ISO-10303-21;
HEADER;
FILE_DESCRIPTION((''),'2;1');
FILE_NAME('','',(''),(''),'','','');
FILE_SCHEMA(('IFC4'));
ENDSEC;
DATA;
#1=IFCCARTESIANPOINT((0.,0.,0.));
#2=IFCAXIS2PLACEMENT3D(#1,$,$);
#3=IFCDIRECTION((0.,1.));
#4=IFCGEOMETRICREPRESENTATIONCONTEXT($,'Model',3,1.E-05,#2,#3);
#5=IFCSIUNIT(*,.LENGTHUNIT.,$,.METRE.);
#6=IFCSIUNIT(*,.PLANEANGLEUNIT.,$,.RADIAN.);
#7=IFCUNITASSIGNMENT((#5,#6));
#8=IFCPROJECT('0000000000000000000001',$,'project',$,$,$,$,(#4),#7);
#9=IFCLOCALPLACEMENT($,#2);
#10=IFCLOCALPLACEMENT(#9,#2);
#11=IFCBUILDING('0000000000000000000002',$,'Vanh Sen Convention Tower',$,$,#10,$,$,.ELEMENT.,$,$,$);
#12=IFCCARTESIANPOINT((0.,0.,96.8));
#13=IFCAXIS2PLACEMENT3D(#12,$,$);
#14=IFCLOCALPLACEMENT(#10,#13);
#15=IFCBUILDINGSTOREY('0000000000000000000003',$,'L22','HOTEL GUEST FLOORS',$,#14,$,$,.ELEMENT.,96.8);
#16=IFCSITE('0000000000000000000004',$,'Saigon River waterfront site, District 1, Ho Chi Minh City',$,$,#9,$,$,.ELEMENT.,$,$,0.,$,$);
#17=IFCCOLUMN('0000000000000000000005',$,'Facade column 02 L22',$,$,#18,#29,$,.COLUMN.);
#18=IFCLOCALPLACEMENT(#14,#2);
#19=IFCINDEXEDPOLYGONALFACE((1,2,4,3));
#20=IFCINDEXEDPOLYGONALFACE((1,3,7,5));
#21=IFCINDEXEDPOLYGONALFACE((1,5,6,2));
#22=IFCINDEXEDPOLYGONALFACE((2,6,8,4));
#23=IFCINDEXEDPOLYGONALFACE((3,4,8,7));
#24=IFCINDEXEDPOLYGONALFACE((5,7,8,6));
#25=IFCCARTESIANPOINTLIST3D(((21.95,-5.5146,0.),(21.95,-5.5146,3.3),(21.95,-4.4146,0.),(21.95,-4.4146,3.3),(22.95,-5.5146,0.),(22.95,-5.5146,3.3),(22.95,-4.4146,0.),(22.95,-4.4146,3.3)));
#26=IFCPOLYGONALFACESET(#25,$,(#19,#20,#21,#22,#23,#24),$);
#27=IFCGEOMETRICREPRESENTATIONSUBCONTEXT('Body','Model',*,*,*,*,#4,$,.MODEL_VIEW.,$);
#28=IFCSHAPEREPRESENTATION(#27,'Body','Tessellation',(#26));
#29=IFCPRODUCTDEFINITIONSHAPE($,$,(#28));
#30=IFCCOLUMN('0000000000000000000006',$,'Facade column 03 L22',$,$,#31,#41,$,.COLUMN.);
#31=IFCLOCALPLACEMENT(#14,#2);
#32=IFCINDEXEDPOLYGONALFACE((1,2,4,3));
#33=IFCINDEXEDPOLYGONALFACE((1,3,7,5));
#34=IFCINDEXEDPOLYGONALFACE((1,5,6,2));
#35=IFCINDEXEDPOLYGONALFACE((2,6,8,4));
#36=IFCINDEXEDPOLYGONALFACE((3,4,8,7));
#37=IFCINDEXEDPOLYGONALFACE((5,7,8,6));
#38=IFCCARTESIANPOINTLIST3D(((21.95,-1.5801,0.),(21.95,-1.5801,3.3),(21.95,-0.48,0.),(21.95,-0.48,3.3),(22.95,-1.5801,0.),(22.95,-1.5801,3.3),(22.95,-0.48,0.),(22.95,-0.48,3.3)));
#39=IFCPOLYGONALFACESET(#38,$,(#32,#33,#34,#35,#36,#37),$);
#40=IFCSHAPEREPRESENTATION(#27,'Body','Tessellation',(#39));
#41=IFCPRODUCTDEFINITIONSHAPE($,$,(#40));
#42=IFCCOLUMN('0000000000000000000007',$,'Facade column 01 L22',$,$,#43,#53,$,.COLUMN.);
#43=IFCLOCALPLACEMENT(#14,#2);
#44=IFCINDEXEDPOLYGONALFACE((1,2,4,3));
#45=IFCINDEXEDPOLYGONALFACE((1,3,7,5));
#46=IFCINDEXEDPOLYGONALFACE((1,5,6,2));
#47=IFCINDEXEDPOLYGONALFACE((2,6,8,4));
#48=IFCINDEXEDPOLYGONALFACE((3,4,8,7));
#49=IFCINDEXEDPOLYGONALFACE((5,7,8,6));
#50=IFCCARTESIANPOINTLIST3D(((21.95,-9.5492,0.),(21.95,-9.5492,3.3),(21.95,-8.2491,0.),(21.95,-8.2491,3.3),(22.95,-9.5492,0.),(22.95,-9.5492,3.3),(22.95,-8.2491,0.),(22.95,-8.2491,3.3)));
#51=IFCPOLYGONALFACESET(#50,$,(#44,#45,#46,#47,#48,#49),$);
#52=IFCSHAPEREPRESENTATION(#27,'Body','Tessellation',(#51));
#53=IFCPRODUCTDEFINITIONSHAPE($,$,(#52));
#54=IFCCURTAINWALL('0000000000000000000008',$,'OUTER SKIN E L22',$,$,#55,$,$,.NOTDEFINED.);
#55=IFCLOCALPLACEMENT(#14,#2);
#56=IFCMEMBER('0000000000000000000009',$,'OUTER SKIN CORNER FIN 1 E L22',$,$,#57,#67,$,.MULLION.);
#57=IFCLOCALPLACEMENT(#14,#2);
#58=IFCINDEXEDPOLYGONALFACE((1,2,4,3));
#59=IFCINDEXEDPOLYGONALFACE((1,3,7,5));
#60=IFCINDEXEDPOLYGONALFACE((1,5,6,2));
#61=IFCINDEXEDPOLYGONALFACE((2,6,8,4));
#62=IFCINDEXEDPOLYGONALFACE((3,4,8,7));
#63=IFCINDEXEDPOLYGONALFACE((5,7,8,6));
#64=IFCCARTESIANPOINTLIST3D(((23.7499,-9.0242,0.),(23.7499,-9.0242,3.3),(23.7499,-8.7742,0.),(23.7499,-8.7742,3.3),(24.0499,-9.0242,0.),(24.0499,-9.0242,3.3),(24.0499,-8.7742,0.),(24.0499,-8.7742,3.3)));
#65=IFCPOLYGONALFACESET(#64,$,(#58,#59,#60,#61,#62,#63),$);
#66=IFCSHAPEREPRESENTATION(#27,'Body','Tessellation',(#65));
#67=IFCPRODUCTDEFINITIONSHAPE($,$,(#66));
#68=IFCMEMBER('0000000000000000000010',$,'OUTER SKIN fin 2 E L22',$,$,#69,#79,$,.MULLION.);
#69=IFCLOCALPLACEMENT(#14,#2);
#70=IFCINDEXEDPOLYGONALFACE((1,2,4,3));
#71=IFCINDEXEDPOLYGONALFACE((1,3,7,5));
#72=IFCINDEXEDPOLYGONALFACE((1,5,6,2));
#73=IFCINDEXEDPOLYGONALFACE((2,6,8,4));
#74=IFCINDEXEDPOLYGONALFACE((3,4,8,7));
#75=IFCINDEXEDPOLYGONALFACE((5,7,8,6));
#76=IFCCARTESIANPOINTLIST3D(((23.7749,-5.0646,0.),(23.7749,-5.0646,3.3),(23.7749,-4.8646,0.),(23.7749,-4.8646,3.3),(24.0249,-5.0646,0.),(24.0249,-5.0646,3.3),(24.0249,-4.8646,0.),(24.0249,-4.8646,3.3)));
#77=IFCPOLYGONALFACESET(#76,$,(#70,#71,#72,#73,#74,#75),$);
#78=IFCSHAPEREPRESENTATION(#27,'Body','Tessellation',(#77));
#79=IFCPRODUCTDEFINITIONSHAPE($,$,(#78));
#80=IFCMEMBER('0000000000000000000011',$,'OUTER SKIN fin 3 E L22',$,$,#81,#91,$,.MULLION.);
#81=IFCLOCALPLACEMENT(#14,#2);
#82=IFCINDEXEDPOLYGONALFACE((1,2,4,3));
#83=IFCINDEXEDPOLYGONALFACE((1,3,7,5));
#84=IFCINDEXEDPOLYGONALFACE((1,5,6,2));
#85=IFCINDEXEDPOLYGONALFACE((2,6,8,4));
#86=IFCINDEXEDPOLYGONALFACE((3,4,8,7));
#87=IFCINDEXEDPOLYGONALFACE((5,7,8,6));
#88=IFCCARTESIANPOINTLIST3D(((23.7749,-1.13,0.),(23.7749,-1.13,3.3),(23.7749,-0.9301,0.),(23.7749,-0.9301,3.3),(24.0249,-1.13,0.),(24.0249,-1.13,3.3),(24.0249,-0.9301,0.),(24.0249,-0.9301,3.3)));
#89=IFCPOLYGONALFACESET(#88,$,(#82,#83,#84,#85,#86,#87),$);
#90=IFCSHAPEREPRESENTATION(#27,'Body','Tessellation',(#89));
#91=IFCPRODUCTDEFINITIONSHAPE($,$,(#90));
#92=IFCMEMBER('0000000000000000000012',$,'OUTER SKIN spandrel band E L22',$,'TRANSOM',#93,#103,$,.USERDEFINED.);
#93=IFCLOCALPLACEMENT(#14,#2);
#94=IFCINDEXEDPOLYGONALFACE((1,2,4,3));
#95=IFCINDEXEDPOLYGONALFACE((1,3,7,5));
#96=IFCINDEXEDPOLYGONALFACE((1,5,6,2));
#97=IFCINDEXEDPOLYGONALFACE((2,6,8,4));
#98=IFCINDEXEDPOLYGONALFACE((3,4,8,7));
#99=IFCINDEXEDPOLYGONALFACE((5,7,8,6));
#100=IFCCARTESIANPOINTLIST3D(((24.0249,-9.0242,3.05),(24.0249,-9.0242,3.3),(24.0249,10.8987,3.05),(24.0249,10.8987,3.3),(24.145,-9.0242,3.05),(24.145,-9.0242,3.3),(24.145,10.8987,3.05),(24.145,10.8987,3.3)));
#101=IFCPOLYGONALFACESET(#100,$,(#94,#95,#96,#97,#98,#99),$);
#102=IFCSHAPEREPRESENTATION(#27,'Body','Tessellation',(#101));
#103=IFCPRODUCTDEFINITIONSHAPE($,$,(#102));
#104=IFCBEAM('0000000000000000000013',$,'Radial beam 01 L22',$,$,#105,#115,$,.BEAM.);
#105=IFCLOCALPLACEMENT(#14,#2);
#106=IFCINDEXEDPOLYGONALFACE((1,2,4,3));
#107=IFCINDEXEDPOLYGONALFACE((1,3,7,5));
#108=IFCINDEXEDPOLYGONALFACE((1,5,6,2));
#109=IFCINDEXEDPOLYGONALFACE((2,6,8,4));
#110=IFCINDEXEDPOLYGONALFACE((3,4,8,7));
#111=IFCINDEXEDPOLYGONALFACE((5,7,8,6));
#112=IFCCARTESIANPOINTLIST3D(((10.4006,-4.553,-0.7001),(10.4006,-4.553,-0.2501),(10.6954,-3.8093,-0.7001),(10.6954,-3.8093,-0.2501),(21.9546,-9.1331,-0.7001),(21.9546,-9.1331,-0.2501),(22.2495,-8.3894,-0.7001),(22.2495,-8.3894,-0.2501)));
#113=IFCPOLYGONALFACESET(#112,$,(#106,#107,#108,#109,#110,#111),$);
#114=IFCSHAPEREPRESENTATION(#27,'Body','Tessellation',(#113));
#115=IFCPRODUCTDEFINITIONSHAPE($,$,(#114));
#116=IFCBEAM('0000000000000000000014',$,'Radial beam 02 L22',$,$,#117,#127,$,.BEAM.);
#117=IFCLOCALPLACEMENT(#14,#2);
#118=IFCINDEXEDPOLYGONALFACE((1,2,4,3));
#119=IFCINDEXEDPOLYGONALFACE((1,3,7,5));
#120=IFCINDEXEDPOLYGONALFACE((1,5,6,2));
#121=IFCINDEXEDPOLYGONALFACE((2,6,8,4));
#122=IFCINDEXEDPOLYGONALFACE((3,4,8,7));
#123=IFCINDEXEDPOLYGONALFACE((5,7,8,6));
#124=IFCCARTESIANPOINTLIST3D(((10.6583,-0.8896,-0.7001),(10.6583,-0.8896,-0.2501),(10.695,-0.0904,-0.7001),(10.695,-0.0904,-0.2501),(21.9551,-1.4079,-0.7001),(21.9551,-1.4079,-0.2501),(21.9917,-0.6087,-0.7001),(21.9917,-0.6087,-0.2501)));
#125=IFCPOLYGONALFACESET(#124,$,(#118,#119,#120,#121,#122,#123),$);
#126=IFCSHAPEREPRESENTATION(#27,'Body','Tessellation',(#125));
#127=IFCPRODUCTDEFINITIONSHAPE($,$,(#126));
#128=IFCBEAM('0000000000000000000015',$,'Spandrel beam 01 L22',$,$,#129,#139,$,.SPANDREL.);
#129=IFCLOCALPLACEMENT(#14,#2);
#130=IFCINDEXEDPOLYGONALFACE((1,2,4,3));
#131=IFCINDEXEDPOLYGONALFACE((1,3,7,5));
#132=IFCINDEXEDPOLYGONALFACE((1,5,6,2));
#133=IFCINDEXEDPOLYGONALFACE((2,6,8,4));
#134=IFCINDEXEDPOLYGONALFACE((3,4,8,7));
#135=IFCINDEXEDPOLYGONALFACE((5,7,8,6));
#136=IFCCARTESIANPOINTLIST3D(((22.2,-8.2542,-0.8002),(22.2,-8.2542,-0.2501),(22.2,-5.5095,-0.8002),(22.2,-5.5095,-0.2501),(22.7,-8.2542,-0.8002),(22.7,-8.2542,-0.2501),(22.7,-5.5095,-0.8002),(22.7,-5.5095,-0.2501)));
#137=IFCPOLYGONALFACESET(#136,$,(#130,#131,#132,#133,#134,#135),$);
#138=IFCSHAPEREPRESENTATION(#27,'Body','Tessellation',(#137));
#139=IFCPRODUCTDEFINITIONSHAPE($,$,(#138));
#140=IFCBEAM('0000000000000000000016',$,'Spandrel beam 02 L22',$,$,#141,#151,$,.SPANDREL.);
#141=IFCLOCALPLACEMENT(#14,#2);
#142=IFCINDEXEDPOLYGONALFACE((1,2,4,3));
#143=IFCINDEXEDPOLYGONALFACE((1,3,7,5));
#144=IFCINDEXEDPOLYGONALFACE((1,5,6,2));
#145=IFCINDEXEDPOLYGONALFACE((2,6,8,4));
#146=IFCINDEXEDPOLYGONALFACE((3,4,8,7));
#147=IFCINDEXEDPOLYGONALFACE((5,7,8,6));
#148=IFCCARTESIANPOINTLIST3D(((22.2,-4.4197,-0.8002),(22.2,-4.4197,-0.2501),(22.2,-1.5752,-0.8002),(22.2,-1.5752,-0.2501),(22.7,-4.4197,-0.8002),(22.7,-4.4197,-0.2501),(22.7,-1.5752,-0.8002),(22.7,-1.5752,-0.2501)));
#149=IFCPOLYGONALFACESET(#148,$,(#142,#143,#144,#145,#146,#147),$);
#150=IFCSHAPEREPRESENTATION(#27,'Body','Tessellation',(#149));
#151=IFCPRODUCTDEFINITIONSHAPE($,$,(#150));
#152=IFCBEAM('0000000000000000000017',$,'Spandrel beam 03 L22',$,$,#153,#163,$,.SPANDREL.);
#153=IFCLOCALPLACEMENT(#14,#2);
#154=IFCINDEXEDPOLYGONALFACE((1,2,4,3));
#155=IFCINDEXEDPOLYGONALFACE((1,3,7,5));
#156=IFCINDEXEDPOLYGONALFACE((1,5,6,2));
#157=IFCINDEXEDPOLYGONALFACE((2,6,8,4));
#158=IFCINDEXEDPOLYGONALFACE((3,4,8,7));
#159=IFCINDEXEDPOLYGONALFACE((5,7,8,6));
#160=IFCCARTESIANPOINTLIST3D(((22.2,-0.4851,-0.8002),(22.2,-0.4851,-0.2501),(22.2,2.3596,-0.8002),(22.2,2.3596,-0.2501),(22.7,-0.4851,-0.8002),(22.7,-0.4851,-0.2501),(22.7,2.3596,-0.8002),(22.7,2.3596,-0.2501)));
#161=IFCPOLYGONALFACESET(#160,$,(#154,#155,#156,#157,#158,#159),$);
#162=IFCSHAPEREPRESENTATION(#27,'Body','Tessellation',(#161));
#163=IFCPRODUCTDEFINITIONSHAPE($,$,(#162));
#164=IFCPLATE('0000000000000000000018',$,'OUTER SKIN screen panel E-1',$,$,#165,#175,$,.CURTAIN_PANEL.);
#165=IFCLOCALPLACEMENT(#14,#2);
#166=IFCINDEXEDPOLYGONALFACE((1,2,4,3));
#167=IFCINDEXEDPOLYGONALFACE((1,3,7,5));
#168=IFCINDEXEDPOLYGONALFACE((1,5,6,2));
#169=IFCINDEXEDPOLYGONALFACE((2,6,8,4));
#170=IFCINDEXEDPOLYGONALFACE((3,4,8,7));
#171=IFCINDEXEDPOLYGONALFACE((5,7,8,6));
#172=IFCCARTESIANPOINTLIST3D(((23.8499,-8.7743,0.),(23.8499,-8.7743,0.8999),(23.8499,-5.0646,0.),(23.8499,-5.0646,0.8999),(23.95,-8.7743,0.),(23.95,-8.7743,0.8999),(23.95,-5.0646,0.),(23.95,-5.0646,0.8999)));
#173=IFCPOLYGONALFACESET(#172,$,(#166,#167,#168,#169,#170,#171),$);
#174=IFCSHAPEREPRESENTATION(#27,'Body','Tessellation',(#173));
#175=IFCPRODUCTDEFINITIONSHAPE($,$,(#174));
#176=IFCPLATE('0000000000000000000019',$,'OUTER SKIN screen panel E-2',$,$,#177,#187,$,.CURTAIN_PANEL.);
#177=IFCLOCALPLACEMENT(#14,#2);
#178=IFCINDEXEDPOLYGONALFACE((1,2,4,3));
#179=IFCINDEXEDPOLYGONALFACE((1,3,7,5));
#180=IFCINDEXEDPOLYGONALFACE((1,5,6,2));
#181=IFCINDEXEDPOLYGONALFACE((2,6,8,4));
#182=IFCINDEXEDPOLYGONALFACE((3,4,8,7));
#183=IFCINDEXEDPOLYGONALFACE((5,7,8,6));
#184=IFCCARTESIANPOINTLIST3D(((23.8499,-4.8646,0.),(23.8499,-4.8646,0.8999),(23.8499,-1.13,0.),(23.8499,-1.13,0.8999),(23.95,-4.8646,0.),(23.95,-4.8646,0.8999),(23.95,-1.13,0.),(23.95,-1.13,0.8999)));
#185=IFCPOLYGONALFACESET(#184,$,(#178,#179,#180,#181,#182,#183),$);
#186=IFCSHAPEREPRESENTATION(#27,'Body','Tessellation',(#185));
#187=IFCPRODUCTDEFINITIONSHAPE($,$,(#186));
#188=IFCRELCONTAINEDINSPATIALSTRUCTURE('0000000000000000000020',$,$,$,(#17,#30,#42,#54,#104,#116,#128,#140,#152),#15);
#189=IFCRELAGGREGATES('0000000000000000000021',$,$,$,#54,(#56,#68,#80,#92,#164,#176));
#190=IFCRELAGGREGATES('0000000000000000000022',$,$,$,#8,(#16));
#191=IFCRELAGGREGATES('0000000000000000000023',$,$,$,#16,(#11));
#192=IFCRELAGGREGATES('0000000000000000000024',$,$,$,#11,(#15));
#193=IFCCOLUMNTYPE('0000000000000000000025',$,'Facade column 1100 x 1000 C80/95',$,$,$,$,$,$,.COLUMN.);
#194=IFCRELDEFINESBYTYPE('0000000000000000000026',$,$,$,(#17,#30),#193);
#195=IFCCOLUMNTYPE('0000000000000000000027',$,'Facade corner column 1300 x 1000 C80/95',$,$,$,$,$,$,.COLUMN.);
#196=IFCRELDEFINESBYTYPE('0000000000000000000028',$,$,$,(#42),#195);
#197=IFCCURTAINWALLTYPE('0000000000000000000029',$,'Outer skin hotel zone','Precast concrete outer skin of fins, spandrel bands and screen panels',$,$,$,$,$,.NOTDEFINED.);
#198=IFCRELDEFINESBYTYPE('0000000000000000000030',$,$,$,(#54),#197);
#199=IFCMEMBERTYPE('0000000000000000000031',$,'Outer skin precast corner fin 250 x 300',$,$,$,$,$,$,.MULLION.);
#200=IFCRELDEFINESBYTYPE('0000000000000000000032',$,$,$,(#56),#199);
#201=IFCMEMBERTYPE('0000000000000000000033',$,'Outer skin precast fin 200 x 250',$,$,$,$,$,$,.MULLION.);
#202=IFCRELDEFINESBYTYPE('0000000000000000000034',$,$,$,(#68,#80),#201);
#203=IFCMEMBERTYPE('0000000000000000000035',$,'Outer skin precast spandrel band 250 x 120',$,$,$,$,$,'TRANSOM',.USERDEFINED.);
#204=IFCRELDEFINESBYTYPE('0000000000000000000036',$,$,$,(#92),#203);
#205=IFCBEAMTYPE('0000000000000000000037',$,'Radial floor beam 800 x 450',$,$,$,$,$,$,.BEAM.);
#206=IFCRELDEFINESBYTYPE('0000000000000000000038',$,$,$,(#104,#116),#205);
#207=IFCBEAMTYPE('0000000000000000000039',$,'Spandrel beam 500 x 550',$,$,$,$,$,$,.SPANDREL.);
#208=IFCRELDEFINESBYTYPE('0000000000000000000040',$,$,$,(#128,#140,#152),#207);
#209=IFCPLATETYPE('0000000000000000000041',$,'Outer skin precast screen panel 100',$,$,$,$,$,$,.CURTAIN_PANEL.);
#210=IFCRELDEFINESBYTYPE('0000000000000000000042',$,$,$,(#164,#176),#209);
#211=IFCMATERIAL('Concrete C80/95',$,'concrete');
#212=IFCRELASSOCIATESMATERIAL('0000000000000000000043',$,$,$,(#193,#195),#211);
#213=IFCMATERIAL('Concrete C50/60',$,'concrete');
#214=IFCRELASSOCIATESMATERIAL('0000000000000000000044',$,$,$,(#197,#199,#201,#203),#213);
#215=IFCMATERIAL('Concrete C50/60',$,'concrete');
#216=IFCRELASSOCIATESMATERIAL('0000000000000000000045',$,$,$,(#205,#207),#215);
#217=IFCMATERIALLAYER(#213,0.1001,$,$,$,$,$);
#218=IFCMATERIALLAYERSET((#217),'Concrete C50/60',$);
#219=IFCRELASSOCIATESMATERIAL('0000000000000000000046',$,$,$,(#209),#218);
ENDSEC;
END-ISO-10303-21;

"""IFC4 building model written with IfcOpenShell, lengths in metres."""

from ifc_helpers import new_model, si_unit, direction, frame, origin, origin_2d, place, context, subcontext, project, spatial, rectangle, extrude, material, layer, layer_set, material_profile, profile_set, type_object, element, aggregate, save


model = new_model("IFC4")

# Units and contexts
model_context = context("Model", 3, precision=1e-05, world=origin(), true_north=direction((0.0, 1.0)))
body_context = subcontext(model_context, "Body", "Model", "MODEL_VIEW")
ifc_project = project(units=[si_unit("LENGTHUNIT", "METRE"), si_unit("PLANEANGLEUNIT", "RADIAN")], contexts=[model_context])

# Site, building, storey
site_placement = place(None, origin())
site = spatial("IfcSite", under=ifc_project, at=site_placement, Name="Saigon River waterfront site, District 1, Ho Chi Minh City", CompositionType="ELEMENT", RefElevation=0.0)
building_placement = place(site_placement, origin())
building = spatial("IfcBuilding", under=site, at=building_placement, Name="Vanh Sen Convention Tower", CompositionType="ELEMENT")
storey_placement = place(building_placement, frame((0.0, 0.0, 96.8)))
storey = spatial("IfcBuildingStorey", under=building, at=storey_placement, Name="L22", Description="HOTEL GUEST FLOORS", CompositionType="ELEMENT", Elevation=96.8)

# Columns
ifc_material_1 = material(Name="Concrete C80/95", Category="concrete")
ifc_material_profile_1 = material_profile(ifc_material_1, rectangle(XDim=1.1001, YDim=1.0, at=origin_2d()), Name="RC 1100X1000")
ifc_profile_set_1 = profile_set([ifc_material_profile_1], Name="Concrete C80/95")
column_type_1 = type_object("IfcColumnType", Name="Facade column 1100 x 1000 C80/95", PredefinedType="COLUMN", material=ifc_profile_set_1)
for number, where, z_axis, x_axis, name in (
    (1, (22.45, -4.9646, 0.0), (0.0, 0.0, 1.0), (0.0, 1.0, 0.0), "Facade column 02 L22"),
    (2, (22.45, -1.03, 0.0), (0.0, 0.0, 1.0), (0.0, 1.0, 0.0), "Facade column 03 L22"),
):
    element("IfcColumn", number, at=place(storey_placement, frame(where, z_axis=z_axis, x_axis=x_axis)), inside=storey, type_object=column_type_1, Name=name, PredefinedType="COLUMN", context=body_context, shape_type="SweptSolid", body=[
        extrude(rectangle(XDim=1.1001, YDim=1.0, at=origin_2d()), origin(), (0.0, 0.0, 1.0), 3.3),
    ])
ifc_material_profile_2 = material_profile(ifc_material_1, rectangle(XDim=1.3, YDim=1.0, at=origin_2d()), Name="RC 1300X1000")
ifc_profile_set_2 = profile_set([ifc_material_profile_2], Name="Concrete C80/95")
column_type_2 = type_object("IfcColumnType", Name="Facade corner column 1300 x 1000 C80/95", PredefinedType="COLUMN", material=ifc_profile_set_2)
column_placement = place(storey_placement, frame((22.45, -8.8992, 0.0), z_axis=(0.0, 0.0, 1.0), x_axis=(0.0, 1.0, 0.0)))
element("IfcColumn", 3, at=column_placement, inside=storey, type_object=column_type_2, Name="Facade column 01 L22", PredefinedType="COLUMN", context=body_context, shape_type="SweptSolid", body=[
    extrude(rectangle(XDim=1.3, YDim=1.0, at=origin_2d()), origin(), (0.0, 0.0, 1.0), 3.3),
])

# Curtain wall, members
ifc_material_2 = material(Name="Concrete C50/60", Category="concrete")
curtain_wall_type = type_object("IfcCurtainWallType", Name="Outer skin hotel zone", Description="Precast concrete outer skin of fins, spandrel bands and screen panels", PredefinedType="NOTDEFINED", material=ifc_material_2)
curtain_wall_placement = place(storey_placement, origin())
curtain_wall = element("IfcCurtainWall", 4, at=curtain_wall_placement, inside=storey, type_object=curtain_wall_type, Name="OUTER SKIN E L22", PredefinedType="NOTDEFINED")
ifc_material_profile_3 = material_profile(ifc_material_2, rectangle(XDim=0.25, YDim=0.3, at=origin_2d()), Name="Outer skin precast corner fin 250 x 300")
ifc_profile_set_3 = profile_set([ifc_material_profile_3], Name="Concrete C50/60")
member_type_1 = type_object("IfcMemberType", Name="Outer skin precast corner fin 250 x 300", PredefinedType="MULLION", material=ifc_profile_set_3)
member_1_placement = place(storey_placement, frame((23.8999, -8.8992, 0.0), z_axis=(0.0, 0.0, 1.0), x_axis=(0.0, 1.0, 0.0)))
member_1 = element("IfcMember", 5, at=member_1_placement, type_object=member_type_1, Name="OUTER SKIN CORNER FIN 1 E L22", PredefinedType="MULLION", context=body_context, shape_type="SweptSolid", body=[
    extrude(rectangle(XDim=0.25, YDim=0.3, at=origin_2d()), origin(), (0.0, 0.0, 1.0), 3.3),
])
ifc_material_profile_4 = material_profile(ifc_material_2, rectangle(XDim=0.2, YDim=0.25, at=origin_2d()), Name="Outer skin precast fin 200 x 250")
ifc_profile_set_4 = profile_set([ifc_material_profile_4], Name="Concrete C50/60")
member_type_2 = type_object("IfcMemberType", Name="Outer skin precast fin 200 x 250", PredefinedType="MULLION", material=ifc_profile_set_4)
member_2_placement = place(storey_placement, frame((23.8999, -4.9646, 0.0), z_axis=(0.0, 0.0, 1.0), x_axis=(0.0, 1.0, 0.0)))
member_2 = element("IfcMember", 6, at=member_2_placement, type_object=member_type_2, Name="OUTER SKIN fin 2 E L22", PredefinedType="MULLION", context=body_context, shape_type="SweptSolid", body=[
    extrude(rectangle(XDim=0.2, YDim=0.25, at=origin_2d()), origin(), (0.0, 0.0, 1.0), 3.3),
])
member_3_placement = place(storey_placement, frame((23.8999, -1.03, 0.0), z_axis=(0.0, 0.0, 1.0), x_axis=(0.0, 1.0, 0.0)))
member_3 = element("IfcMember", 7, at=member_3_placement, type_object=member_type_2, Name="OUTER SKIN fin 3 E L22", PredefinedType="MULLION", context=body_context, shape_type="SweptSolid", body=[
    extrude(rectangle(XDim=0.2, YDim=0.25, at=origin_2d()), origin(), (0.0, 0.0, 1.0), 3.3),
])
ifc_material_profile_5 = material_profile(ifc_material_2, rectangle(XDim=0.1201, YDim=0.25, at=origin_2d()), Name="Outer skin precast spandrel band 250 x 120")
ifc_profile_set_5 = profile_set([ifc_material_profile_5], Name="Concrete C50/60")
member_type_3 = type_object("IfcMemberType", Name="Outer skin precast spandrel band 250 x 120", ElementType="TRANSOM", PredefinedType="USERDEFINED", material=ifc_profile_set_5)
member_4_placement = place(storey_placement, frame((24.085, -9.0242, 3.175), z_axis=(0.0, 1.0, 0.0), x_axis=(-1.0, 0.0, 0.0)))
member_4 = element("IfcMember", 8, at=member_4_placement, type_object=member_type_3, Name="OUTER SKIN spandrel band E L22", ObjectType="TRANSOM", PredefinedType="USERDEFINED", context=body_context, shape_type="SweptSolid", body=[
    extrude(rectangle(XDim=0.1201, YDim=0.25, at=origin_2d()), origin(), (0.0, 0.0, 1.0), 19.9229),
])

# Beams
ifc_material_3 = material(Name="Concrete C50/60", Category="concrete")
ifc_material_profile_6 = material_profile(ifc_material_3, rectangle(XDim=0.8, YDim=0.45, at=origin_2d()), Name="RC 800X450")
ifc_profile_set_6 = profile_set([ifc_material_profile_6], Name="Concrete C50/60")
beam_type_1 = type_object("IfcBeamType", Name="Radial floor beam 800 x 450", PredefinedType="BEAM", material=ifc_profile_set_6)
beam_1_placement = place(storey_placement, frame((22.1021, -8.7612, -0.4751), z_axis=(-0.929624, 0.36851, 0.0), x_axis=(-0.36851, -0.929624, 0.0)))
element("IfcBeam", 9, at=beam_1_placement, inside=storey, type_object=beam_type_1, Name="Radial beam 01 L22", PredefinedType="BEAM", context=body_context, shape_type="SweptSolid", body=[
    extrude(rectangle(XDim=0.8, YDim=0.45, at=origin_2d()), origin(), (0.0, 0.0, 1.0), 12.4287),
])
beam_2_placement = place(storey_placement, frame((21.9734, -1.0083, -0.4751), z_axis=(-0.998949, 0.045834, 0.0), x_axis=(-0.045834, -0.998949, 0.0)))
element("IfcBeam", 10, at=beam_2_placement, inside=storey, type_object=beam_type_1, Name="Radial beam 02 L22", PredefinedType="BEAM", context=body_context, shape_type="SweptSolid", body=[
    extrude(rectangle(XDim=0.8, YDim=0.45, at=origin_2d()), origin(), (0.0, 0.0, 1.0), 11.3086),
])
ifc_material_profile_7 = material_profile(ifc_material_3, rectangle(XDim=0.5, YDim=0.55, at=origin_2d()), Name="RC 500X550")
ifc_profile_set_7 = profile_set([ifc_material_profile_7], Name="Concrete C50/60")
beam_type_2 = type_object("IfcBeamType", Name="Spandrel beam 500 x 550", PredefinedType="SPANDREL", material=ifc_profile_set_7)
beam_3_placement = place(storey_placement, frame((22.45, -8.2542, -0.5251), z_axis=(0.0, 1.0, 0.0), x_axis=(-1.0, 0.0, 0.0)))
element("IfcBeam", 11, at=beam_3_placement, inside=storey, type_object=beam_type_2, Name="Spandrel beam 01 L22", PredefinedType="SPANDREL", context=body_context, shape_type="SweptSolid", body=[
    extrude(rectangle(XDim=0.5, YDim=0.55, at=origin_2d()), origin(), (0.0, 0.0, 1.0), 2.7446),
])
beam_4_placement = place(storey_placement, frame((22.45, -4.4197, -0.5251), z_axis=(0.0, 1.0, 0.0), x_axis=(-1.0, 0.0, 0.0)))
element("IfcBeam", 12, at=beam_4_placement, inside=storey, type_object=beam_type_2, Name="Spandrel beam 02 L22", PredefinedType="SPANDREL", context=body_context, shape_type="SweptSolid", body=[
    extrude(rectangle(XDim=0.5, YDim=0.55, at=origin_2d()), origin(), (0.0, 0.0, 1.0), 2.8445),
])
beam_5_placement = place(storey_placement, frame((22.45, -0.4851, -0.5251), z_axis=(0.0, 1.0, 0.0), x_axis=(-1.0, 0.0, 0.0)))
element("IfcBeam", 13, at=beam_5_placement, inside=storey, type_object=beam_type_2, Name="Spandrel beam 03 L22", PredefinedType="SPANDREL", context=body_context, shape_type="SweptSolid", body=[
    extrude(rectangle(XDim=0.5, YDim=0.55, at=origin_2d()), origin(), (0.0, 0.0, 1.0), 2.8447),
])

# Plates
ifc_layer_1 = layer(ifc_material_2, 0.1001)
ifc_layer_set_1 = layer_set([ifc_layer_1], Name="Concrete C50/60")
plate_type = type_object("IfcPlateType", Name="Outer skin precast screen panel 100", PredefinedType="CURTAIN_PANEL", material=ifc_layer_set_1)
plate_1_placement = place(storey_placement, frame((23.8999, -6.9194, 0.0), z_axis=(0.0, 0.0, 1.0), x_axis=(0.0, 1.0, 0.0)))
plate_1 = element("IfcPlate", 14, at=plate_1_placement, type_object=plate_type, Name="OUTER SKIN screen panel E-1", PredefinedType="CURTAIN_PANEL", context=body_context, shape_type="SweptSolid", body=[
    extrude(rectangle(XDim=3.7097, YDim=0.1001, at=origin_2d()), origin(), (0.0, 0.0, 1.0), 0.8999),
])
plate_2_placement = place(storey_placement, frame((23.8999, -2.9973, 0.0), z_axis=(0.0, 0.0, 1.0), x_axis=(0.0, 1.0, 0.0)))
plate_2 = element("IfcPlate", 15, at=plate_2_placement, type_object=plate_type, Name="OUTER SKIN screen panel E-2", PredefinedType="CURTAIN_PANEL", context=body_context, shape_type="SweptSolid", body=[
    extrude(rectangle(XDim=3.7346, YDim=0.1001, at=origin_2d()), origin(), (0.0, 0.0, 1.0), 0.8999),
])
aggregate(curtain_wall, [member_1, member_2, member_3, member_4, plate_1, plate_2])

save(model, "model.ifc")
